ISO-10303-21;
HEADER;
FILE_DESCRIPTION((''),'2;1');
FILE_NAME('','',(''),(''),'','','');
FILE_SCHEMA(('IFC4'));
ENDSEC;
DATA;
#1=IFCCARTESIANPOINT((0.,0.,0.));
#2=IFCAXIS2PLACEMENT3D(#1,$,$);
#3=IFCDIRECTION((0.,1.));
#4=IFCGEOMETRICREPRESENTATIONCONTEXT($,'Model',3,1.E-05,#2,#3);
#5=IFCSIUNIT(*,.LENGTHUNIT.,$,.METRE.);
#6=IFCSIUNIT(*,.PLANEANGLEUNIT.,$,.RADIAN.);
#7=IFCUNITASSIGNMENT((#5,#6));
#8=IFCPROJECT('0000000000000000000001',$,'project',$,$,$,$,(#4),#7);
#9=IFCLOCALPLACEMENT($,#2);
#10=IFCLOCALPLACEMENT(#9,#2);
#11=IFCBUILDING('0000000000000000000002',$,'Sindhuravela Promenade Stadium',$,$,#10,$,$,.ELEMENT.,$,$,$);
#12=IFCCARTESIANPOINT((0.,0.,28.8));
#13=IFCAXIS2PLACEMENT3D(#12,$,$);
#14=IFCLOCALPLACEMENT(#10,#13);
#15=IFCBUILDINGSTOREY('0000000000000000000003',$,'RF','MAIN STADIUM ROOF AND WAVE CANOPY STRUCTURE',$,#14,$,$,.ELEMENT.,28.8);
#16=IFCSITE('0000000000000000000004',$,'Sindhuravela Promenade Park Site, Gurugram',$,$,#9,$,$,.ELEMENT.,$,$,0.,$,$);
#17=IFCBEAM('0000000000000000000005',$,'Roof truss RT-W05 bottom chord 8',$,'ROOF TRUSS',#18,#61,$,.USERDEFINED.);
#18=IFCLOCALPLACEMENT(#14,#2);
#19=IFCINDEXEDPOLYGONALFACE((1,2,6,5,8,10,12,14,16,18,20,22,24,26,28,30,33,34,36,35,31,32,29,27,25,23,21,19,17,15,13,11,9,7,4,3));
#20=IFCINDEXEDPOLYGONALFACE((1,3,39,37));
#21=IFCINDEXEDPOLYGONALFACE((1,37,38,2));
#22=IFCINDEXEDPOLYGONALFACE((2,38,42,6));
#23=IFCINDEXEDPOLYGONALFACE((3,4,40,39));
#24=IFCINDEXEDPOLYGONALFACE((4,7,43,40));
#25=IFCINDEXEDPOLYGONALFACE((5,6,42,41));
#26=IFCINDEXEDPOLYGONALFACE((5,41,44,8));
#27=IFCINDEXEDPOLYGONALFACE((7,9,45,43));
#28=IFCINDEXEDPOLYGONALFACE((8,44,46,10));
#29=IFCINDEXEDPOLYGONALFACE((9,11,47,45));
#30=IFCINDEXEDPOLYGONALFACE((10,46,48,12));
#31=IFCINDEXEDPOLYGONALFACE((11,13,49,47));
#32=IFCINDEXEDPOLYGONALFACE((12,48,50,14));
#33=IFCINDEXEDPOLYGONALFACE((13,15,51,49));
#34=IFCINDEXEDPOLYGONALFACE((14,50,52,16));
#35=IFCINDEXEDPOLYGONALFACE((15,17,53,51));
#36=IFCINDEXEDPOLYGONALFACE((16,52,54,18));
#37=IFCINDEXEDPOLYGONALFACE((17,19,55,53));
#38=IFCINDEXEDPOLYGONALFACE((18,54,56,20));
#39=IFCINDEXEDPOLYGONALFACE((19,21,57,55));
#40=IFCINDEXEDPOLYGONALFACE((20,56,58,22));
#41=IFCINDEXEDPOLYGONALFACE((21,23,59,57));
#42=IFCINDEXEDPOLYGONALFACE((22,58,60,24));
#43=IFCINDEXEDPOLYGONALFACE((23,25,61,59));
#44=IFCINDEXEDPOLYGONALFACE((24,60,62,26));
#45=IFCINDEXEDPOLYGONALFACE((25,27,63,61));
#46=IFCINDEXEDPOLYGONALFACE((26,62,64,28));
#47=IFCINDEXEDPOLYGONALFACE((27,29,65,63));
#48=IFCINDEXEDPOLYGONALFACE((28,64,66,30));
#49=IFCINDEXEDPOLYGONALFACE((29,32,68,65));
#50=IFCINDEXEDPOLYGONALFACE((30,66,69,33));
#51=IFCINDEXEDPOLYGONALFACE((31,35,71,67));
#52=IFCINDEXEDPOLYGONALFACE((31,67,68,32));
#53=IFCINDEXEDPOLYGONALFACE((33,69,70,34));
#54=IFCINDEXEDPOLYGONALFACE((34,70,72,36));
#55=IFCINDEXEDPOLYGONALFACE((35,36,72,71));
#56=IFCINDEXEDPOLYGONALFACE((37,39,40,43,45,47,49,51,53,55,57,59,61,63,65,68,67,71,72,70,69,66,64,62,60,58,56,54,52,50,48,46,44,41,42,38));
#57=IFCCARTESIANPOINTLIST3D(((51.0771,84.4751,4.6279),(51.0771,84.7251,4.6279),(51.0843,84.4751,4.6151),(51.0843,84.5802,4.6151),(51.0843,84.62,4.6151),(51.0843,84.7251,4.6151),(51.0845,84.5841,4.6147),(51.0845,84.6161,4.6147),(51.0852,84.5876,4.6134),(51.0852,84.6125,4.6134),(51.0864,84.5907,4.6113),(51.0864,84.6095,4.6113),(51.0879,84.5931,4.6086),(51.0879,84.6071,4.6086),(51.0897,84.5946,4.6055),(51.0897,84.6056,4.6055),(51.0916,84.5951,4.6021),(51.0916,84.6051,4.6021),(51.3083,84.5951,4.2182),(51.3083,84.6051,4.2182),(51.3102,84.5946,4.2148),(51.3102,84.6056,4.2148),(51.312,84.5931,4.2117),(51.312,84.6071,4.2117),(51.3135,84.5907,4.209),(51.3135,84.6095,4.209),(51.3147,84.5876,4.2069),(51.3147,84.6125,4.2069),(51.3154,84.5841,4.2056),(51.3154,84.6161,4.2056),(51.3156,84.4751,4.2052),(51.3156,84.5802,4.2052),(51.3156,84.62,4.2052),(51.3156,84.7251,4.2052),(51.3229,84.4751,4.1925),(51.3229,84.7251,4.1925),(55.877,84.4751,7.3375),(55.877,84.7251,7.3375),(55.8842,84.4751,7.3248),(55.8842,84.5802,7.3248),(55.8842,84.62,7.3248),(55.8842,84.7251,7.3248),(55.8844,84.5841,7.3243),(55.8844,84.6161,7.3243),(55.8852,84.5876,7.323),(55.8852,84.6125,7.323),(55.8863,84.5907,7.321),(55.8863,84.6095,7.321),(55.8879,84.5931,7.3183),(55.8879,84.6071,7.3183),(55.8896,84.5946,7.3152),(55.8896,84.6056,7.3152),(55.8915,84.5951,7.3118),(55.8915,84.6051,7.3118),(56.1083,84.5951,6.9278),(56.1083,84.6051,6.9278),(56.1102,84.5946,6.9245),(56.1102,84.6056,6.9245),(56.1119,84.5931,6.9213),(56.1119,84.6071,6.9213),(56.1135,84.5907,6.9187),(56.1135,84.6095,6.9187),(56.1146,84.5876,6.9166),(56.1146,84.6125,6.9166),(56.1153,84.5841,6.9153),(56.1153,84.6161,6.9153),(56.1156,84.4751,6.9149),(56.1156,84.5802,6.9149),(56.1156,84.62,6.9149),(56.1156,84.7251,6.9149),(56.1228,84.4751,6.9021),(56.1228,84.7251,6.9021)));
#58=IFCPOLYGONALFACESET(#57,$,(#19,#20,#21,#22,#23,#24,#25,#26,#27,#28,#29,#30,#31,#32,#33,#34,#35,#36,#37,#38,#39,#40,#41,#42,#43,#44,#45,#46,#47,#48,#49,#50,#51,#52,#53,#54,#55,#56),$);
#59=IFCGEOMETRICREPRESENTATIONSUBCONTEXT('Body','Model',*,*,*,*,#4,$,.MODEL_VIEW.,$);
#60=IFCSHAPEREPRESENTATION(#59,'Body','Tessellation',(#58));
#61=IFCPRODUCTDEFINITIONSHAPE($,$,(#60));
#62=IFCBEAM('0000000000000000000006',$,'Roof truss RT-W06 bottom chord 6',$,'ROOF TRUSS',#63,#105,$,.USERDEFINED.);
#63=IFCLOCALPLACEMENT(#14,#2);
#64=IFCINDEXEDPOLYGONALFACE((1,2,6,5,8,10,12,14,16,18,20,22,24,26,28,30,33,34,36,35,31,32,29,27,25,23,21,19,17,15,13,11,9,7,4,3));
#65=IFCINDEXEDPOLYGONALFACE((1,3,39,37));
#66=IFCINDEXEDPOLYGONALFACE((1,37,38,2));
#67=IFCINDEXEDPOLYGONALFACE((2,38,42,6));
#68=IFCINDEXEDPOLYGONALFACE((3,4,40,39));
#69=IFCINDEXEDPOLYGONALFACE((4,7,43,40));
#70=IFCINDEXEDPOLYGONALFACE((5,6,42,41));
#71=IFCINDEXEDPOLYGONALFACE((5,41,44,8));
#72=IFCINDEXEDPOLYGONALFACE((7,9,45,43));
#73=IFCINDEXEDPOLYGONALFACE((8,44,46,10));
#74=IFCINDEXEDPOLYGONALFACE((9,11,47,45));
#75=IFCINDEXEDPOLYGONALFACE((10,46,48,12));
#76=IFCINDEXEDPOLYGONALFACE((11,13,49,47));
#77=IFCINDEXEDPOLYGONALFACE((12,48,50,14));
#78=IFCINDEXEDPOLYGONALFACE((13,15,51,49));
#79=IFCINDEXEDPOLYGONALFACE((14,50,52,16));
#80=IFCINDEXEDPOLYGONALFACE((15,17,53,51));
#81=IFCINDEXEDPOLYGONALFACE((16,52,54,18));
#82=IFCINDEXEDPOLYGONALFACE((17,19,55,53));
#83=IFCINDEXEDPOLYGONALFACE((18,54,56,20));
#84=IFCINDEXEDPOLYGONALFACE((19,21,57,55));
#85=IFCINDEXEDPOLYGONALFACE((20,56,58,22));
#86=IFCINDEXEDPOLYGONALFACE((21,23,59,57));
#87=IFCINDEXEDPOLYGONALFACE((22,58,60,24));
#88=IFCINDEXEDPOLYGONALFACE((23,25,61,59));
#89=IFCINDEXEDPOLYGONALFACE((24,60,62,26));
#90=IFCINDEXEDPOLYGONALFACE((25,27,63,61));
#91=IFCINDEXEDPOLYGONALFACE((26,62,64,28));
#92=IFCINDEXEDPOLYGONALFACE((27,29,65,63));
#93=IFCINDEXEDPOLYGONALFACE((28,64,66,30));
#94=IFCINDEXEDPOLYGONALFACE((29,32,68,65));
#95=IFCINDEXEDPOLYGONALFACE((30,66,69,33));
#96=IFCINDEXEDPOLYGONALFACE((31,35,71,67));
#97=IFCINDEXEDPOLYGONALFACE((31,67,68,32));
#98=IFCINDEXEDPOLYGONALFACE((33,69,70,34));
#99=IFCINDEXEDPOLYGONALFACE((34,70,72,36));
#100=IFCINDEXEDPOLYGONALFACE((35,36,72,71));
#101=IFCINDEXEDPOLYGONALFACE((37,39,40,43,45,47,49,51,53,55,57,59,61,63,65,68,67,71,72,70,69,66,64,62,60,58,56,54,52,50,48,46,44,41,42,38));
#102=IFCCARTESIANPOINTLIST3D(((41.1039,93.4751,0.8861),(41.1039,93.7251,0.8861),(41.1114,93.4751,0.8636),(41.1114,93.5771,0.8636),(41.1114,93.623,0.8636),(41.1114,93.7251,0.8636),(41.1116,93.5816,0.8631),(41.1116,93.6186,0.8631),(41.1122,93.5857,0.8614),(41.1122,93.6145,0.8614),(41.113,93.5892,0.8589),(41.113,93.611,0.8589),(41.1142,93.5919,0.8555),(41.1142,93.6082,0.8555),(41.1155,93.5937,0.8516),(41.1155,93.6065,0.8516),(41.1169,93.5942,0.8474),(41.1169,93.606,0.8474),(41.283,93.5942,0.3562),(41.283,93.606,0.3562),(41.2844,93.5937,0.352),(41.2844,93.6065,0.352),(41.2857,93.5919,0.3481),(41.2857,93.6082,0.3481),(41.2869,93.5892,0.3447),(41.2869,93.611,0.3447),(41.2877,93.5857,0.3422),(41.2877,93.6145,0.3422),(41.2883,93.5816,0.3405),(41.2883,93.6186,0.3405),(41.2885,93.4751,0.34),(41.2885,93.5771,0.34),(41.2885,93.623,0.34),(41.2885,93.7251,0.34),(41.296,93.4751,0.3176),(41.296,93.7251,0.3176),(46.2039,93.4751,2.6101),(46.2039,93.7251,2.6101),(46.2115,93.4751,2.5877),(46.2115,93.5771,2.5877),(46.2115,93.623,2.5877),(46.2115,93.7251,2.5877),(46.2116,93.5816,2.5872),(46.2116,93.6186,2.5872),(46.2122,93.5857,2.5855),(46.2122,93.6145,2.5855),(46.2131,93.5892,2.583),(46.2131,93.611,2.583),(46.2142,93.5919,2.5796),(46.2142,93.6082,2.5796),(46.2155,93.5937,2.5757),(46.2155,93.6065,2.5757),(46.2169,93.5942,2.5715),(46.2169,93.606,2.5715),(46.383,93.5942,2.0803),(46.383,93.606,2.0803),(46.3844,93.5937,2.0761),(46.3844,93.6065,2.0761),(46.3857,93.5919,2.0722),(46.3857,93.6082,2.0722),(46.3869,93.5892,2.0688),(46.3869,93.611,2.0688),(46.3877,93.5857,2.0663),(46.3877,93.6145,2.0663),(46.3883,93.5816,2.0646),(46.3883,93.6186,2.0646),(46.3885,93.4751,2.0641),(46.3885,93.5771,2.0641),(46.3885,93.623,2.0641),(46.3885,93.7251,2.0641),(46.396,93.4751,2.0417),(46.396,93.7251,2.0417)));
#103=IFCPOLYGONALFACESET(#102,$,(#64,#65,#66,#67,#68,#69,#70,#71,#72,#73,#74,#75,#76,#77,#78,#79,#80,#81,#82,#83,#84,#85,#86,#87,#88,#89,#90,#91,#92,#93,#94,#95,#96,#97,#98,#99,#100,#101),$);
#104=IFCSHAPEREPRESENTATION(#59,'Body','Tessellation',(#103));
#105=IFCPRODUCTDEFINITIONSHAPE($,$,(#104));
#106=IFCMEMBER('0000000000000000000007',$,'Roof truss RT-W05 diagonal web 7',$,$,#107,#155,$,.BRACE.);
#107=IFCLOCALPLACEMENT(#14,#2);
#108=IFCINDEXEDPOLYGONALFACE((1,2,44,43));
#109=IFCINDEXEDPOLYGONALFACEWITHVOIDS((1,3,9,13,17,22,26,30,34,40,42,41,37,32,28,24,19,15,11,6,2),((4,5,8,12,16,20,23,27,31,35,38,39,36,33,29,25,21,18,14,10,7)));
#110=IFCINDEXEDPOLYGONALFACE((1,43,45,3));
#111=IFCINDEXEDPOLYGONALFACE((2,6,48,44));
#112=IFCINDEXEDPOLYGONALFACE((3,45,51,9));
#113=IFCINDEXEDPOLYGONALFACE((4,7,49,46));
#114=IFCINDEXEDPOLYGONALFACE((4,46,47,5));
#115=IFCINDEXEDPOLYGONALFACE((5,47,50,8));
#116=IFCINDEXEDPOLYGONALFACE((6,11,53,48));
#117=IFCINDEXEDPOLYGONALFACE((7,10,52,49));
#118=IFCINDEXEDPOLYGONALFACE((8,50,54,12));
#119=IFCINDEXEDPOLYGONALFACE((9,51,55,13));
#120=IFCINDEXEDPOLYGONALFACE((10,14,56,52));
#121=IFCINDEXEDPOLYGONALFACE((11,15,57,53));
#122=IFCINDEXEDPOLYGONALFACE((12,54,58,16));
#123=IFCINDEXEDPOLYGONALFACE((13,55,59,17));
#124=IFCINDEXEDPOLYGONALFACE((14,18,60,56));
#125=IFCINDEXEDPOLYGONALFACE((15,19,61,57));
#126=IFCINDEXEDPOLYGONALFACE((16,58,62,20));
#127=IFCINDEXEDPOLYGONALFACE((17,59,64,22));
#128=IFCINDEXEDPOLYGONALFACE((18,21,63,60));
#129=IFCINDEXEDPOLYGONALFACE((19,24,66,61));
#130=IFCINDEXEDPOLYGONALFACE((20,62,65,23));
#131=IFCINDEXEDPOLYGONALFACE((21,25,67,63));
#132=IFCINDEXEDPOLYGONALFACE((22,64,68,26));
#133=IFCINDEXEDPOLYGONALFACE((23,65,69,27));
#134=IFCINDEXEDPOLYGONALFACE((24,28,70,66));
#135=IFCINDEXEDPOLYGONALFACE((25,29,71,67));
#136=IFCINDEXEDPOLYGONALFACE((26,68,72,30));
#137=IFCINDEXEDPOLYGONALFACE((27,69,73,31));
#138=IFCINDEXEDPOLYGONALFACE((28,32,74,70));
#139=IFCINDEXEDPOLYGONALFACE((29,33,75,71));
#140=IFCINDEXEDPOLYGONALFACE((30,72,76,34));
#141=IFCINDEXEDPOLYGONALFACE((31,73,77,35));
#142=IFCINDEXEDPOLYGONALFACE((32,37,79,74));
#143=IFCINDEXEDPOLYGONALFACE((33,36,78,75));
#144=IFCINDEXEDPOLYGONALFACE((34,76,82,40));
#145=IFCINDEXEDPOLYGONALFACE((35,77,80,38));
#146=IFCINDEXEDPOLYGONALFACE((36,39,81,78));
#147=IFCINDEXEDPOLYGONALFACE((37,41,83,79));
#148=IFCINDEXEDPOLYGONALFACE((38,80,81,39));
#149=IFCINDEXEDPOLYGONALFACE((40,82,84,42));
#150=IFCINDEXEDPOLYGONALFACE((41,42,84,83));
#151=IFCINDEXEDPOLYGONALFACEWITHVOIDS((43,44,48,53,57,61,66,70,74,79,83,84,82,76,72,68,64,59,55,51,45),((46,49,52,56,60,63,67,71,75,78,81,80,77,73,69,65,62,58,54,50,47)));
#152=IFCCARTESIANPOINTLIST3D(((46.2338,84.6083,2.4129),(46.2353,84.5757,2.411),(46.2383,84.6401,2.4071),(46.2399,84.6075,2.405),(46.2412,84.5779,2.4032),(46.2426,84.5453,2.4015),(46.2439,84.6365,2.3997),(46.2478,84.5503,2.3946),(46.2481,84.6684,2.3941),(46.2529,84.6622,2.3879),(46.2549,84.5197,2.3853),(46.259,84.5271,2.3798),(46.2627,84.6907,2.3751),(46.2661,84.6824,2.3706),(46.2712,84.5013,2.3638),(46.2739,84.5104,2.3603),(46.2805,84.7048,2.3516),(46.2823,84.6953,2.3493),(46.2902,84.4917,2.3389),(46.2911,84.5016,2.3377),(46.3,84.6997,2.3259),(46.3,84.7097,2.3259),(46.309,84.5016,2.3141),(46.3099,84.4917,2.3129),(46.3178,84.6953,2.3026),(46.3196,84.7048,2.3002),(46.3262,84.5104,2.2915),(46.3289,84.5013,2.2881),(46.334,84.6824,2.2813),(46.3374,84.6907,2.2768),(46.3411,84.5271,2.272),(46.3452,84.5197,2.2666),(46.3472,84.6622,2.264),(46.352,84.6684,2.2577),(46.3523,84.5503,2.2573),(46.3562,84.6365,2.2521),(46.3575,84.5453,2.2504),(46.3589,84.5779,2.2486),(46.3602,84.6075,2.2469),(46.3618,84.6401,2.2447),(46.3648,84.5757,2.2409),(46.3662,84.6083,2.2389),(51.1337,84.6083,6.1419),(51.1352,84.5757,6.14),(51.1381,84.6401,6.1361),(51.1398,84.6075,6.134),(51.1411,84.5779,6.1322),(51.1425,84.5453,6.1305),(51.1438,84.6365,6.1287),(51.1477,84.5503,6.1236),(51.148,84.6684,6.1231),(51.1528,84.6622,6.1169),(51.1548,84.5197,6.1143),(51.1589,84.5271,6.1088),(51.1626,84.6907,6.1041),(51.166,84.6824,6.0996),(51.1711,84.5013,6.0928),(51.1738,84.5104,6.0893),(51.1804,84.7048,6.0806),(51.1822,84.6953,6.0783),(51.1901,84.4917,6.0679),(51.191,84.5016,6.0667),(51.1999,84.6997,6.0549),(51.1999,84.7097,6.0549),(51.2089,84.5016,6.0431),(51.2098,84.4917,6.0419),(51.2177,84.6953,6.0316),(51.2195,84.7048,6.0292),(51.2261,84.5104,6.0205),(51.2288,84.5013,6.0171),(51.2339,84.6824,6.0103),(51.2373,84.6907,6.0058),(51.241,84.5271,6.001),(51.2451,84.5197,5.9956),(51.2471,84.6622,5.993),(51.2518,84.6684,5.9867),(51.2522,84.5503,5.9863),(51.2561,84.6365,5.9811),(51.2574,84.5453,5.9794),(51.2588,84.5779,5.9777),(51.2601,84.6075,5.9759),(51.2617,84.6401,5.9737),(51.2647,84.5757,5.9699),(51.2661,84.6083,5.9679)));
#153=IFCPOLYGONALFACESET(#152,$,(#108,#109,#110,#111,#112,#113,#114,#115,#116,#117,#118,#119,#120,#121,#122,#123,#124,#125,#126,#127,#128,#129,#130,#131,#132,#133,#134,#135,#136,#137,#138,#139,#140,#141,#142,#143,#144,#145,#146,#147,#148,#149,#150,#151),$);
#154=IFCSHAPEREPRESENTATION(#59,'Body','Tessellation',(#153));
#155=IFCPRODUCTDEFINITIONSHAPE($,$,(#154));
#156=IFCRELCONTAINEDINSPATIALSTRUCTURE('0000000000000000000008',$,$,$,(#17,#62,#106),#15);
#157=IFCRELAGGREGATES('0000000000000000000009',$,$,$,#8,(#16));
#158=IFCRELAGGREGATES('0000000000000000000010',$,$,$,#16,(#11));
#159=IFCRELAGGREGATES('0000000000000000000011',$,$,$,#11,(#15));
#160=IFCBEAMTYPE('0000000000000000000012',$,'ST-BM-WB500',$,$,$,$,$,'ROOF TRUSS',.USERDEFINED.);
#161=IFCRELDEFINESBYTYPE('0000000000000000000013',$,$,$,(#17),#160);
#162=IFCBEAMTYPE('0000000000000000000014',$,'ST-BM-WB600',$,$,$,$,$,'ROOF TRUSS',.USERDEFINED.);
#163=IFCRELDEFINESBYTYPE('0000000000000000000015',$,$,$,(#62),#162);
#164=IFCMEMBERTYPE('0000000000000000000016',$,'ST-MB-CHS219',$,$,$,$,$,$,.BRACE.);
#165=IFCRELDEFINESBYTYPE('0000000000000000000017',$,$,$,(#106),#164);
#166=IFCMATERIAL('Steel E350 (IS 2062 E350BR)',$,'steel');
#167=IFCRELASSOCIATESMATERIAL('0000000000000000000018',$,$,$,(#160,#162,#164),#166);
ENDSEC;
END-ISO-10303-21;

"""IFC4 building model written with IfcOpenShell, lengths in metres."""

from ifc_helpers import new_model, si_unit, direction, frame, origin, origin_2d, place, context, subcontext, project, spatial, hollow_circle, i_section, extrude, material, material_profile, profile_set, type_object, element, save


model = new_model("IFC4")

# Units and contexts
model_context = context("Model", 3, precision=1e-05, world=origin(), true_north=direction((0.0, 1.0)))
body_context = subcontext(model_context, "Body", "Model", "MODEL_VIEW")
ifc_project = project(units=[si_unit("LENGTHUNIT", "METRE"), si_unit("PLANEANGLEUNIT", "RADIAN")], contexts=[model_context])

# Site, building, storey
site_placement = place(None, origin())
site = spatial("IfcSite", under=ifc_project, at=site_placement, Name="Sindhuravela Promenade Park Site, Gurugram", CompositionType="ELEMENT", RefElevation=0.0)
building_placement = place(site_placement, origin())
building = spatial("IfcBuilding", under=site, at=building_placement, Name="Sindhuravela Promenade Stadium", CompositionType="ELEMENT")
storey_placement = place(building_placement, frame((0.0, 0.0, 28.8)))
storey = spatial("IfcBuildingStorey", under=building, at=storey_placement, Name="RF", Description="MAIN STADIUM ROOF AND WAVE CANOPY STRUCTURE", CompositionType="ELEMENT", Elevation=28.8)

# Beams
ifc_material_1 = material(Name="Steel E350 (IS 2062 E350BR)", Category="steel")
ifc_material_profile_1 = material_profile(ifc_material_1, i_section(OverallWidth=0.25, OverallDepth=0.5, WebThickness=0.01, FlangeThickness=0.0146, FilletRadius=0.0149, at=origin_2d()), Name="ISWB 500")
ifc_profile_set_1 = profile_set([ifc_material_profile_1], Name="Steel E350 (IS 2062 E350BR)")
beam_type_1 = type_object("IfcBeamType", Name="ST-BM-WB500", ElementType="ROOF TRUSS", PredefinedType="USERDEFINED", material=ifc_profile_set_1)
beam_1_placement = place(storey_placement, frame((51.2, 84.6001, 4.4102), z_axis=(0.870823, 0.0, 0.491596), x_axis=(0.0, 1.0, 0.0)))
element("IfcBeam", 1, at=beam_1_placement, inside=storey, type_object=beam_type_1, Name="Roof truss RT-W05 bottom chord 8", ObjectType="ROOF TRUSS", PredefinedType="USERDEFINED", context=body_context, shape_type="SweptSolid", body=[
    extrude(i_section(OverallWidth=0.25, OverallDepth=0.5, WebThickness=0.01, FlangeThickness=0.0146, FilletRadius=0.0149, at=origin_2d()), origin(), (0.0, 0.0, 1.0), 5.512),
])
ifc_material_profile_2 = material_profile(ifc_material_1, i_section(OverallWidth=0.25, OverallDepth=0.6001, WebThickness=0.0117, FlangeThickness=0.0237, FilletRadius=0.0171, at=origin_2d()), Name="ISWB 600")
ifc_profile_set_2 = profile_set([ifc_material_profile_2], Name="Steel E350 (IS 2062 E350BR)")
beam_type_2 = type_object("IfcBeamType", Name="ST-BM-WB600", ElementType="ROOF TRUSS", PredefinedType="USERDEFINED", material=ifc_profile_set_2)
beam_2_placement = place(storey_placement, frame((41.2, 93.6001, 0.6018), z_axis=(0.947332, 0.0, 0.320252), x_axis=(0.0, 1.0, 0.0)))
element("IfcBeam", 2, at=beam_2_placement, inside=storey, type_object=beam_type_2, Name="Roof truss RT-W06 bottom chord 6", ObjectType="ROOF TRUSS", PredefinedType="USERDEFINED", context=body_context, shape_type="SweptSolid", body=[
    extrude(i_section(OverallWidth=0.25, OverallDepth=0.6001, WebThickness=0.0117, FlangeThickness=0.0237, FilletRadius=0.0171, at=origin_2d()), origin(), (0.0, 0.0, 1.0), 5.3835),
])

# Member
ifc_material_profile_3 = material_profile(ifc_material_1, hollow_circle(Radius=0.1096, WallThickness=0.01, at=origin_2d()), Name="CHS 219.1x10")
ifc_profile_set_3 = profile_set([ifc_material_profile_3], Name="Steel E350 (IS 2062 E350BR)")
member_type_1 = type_object("IfcMemberType", Name="ST-MB-CHS219", PredefinedType="BRACE", material=ifc_profile_set_3)
member_1_placement = place(storey_placement, frame((46.3, 84.6001, 2.3259), z_axis=(0.795765, 0.0, 0.605606), x_axis=(0.0, 1.0, 0.0)))
element("IfcMember", 3, at=member_1_placement, inside=storey, type_object=member_type_1, Name="Roof truss RT-W05 diagonal web 7", PredefinedType="BRACE", context=body_context, shape_type="SweptSolid", body=[
    extrude(hollow_circle(Radius=0.1096, WallThickness=0.01, at=origin_2d()), origin(), (0.0, 0.0, 1.0), 6.1575),
])

save(model, "model.ifc")
